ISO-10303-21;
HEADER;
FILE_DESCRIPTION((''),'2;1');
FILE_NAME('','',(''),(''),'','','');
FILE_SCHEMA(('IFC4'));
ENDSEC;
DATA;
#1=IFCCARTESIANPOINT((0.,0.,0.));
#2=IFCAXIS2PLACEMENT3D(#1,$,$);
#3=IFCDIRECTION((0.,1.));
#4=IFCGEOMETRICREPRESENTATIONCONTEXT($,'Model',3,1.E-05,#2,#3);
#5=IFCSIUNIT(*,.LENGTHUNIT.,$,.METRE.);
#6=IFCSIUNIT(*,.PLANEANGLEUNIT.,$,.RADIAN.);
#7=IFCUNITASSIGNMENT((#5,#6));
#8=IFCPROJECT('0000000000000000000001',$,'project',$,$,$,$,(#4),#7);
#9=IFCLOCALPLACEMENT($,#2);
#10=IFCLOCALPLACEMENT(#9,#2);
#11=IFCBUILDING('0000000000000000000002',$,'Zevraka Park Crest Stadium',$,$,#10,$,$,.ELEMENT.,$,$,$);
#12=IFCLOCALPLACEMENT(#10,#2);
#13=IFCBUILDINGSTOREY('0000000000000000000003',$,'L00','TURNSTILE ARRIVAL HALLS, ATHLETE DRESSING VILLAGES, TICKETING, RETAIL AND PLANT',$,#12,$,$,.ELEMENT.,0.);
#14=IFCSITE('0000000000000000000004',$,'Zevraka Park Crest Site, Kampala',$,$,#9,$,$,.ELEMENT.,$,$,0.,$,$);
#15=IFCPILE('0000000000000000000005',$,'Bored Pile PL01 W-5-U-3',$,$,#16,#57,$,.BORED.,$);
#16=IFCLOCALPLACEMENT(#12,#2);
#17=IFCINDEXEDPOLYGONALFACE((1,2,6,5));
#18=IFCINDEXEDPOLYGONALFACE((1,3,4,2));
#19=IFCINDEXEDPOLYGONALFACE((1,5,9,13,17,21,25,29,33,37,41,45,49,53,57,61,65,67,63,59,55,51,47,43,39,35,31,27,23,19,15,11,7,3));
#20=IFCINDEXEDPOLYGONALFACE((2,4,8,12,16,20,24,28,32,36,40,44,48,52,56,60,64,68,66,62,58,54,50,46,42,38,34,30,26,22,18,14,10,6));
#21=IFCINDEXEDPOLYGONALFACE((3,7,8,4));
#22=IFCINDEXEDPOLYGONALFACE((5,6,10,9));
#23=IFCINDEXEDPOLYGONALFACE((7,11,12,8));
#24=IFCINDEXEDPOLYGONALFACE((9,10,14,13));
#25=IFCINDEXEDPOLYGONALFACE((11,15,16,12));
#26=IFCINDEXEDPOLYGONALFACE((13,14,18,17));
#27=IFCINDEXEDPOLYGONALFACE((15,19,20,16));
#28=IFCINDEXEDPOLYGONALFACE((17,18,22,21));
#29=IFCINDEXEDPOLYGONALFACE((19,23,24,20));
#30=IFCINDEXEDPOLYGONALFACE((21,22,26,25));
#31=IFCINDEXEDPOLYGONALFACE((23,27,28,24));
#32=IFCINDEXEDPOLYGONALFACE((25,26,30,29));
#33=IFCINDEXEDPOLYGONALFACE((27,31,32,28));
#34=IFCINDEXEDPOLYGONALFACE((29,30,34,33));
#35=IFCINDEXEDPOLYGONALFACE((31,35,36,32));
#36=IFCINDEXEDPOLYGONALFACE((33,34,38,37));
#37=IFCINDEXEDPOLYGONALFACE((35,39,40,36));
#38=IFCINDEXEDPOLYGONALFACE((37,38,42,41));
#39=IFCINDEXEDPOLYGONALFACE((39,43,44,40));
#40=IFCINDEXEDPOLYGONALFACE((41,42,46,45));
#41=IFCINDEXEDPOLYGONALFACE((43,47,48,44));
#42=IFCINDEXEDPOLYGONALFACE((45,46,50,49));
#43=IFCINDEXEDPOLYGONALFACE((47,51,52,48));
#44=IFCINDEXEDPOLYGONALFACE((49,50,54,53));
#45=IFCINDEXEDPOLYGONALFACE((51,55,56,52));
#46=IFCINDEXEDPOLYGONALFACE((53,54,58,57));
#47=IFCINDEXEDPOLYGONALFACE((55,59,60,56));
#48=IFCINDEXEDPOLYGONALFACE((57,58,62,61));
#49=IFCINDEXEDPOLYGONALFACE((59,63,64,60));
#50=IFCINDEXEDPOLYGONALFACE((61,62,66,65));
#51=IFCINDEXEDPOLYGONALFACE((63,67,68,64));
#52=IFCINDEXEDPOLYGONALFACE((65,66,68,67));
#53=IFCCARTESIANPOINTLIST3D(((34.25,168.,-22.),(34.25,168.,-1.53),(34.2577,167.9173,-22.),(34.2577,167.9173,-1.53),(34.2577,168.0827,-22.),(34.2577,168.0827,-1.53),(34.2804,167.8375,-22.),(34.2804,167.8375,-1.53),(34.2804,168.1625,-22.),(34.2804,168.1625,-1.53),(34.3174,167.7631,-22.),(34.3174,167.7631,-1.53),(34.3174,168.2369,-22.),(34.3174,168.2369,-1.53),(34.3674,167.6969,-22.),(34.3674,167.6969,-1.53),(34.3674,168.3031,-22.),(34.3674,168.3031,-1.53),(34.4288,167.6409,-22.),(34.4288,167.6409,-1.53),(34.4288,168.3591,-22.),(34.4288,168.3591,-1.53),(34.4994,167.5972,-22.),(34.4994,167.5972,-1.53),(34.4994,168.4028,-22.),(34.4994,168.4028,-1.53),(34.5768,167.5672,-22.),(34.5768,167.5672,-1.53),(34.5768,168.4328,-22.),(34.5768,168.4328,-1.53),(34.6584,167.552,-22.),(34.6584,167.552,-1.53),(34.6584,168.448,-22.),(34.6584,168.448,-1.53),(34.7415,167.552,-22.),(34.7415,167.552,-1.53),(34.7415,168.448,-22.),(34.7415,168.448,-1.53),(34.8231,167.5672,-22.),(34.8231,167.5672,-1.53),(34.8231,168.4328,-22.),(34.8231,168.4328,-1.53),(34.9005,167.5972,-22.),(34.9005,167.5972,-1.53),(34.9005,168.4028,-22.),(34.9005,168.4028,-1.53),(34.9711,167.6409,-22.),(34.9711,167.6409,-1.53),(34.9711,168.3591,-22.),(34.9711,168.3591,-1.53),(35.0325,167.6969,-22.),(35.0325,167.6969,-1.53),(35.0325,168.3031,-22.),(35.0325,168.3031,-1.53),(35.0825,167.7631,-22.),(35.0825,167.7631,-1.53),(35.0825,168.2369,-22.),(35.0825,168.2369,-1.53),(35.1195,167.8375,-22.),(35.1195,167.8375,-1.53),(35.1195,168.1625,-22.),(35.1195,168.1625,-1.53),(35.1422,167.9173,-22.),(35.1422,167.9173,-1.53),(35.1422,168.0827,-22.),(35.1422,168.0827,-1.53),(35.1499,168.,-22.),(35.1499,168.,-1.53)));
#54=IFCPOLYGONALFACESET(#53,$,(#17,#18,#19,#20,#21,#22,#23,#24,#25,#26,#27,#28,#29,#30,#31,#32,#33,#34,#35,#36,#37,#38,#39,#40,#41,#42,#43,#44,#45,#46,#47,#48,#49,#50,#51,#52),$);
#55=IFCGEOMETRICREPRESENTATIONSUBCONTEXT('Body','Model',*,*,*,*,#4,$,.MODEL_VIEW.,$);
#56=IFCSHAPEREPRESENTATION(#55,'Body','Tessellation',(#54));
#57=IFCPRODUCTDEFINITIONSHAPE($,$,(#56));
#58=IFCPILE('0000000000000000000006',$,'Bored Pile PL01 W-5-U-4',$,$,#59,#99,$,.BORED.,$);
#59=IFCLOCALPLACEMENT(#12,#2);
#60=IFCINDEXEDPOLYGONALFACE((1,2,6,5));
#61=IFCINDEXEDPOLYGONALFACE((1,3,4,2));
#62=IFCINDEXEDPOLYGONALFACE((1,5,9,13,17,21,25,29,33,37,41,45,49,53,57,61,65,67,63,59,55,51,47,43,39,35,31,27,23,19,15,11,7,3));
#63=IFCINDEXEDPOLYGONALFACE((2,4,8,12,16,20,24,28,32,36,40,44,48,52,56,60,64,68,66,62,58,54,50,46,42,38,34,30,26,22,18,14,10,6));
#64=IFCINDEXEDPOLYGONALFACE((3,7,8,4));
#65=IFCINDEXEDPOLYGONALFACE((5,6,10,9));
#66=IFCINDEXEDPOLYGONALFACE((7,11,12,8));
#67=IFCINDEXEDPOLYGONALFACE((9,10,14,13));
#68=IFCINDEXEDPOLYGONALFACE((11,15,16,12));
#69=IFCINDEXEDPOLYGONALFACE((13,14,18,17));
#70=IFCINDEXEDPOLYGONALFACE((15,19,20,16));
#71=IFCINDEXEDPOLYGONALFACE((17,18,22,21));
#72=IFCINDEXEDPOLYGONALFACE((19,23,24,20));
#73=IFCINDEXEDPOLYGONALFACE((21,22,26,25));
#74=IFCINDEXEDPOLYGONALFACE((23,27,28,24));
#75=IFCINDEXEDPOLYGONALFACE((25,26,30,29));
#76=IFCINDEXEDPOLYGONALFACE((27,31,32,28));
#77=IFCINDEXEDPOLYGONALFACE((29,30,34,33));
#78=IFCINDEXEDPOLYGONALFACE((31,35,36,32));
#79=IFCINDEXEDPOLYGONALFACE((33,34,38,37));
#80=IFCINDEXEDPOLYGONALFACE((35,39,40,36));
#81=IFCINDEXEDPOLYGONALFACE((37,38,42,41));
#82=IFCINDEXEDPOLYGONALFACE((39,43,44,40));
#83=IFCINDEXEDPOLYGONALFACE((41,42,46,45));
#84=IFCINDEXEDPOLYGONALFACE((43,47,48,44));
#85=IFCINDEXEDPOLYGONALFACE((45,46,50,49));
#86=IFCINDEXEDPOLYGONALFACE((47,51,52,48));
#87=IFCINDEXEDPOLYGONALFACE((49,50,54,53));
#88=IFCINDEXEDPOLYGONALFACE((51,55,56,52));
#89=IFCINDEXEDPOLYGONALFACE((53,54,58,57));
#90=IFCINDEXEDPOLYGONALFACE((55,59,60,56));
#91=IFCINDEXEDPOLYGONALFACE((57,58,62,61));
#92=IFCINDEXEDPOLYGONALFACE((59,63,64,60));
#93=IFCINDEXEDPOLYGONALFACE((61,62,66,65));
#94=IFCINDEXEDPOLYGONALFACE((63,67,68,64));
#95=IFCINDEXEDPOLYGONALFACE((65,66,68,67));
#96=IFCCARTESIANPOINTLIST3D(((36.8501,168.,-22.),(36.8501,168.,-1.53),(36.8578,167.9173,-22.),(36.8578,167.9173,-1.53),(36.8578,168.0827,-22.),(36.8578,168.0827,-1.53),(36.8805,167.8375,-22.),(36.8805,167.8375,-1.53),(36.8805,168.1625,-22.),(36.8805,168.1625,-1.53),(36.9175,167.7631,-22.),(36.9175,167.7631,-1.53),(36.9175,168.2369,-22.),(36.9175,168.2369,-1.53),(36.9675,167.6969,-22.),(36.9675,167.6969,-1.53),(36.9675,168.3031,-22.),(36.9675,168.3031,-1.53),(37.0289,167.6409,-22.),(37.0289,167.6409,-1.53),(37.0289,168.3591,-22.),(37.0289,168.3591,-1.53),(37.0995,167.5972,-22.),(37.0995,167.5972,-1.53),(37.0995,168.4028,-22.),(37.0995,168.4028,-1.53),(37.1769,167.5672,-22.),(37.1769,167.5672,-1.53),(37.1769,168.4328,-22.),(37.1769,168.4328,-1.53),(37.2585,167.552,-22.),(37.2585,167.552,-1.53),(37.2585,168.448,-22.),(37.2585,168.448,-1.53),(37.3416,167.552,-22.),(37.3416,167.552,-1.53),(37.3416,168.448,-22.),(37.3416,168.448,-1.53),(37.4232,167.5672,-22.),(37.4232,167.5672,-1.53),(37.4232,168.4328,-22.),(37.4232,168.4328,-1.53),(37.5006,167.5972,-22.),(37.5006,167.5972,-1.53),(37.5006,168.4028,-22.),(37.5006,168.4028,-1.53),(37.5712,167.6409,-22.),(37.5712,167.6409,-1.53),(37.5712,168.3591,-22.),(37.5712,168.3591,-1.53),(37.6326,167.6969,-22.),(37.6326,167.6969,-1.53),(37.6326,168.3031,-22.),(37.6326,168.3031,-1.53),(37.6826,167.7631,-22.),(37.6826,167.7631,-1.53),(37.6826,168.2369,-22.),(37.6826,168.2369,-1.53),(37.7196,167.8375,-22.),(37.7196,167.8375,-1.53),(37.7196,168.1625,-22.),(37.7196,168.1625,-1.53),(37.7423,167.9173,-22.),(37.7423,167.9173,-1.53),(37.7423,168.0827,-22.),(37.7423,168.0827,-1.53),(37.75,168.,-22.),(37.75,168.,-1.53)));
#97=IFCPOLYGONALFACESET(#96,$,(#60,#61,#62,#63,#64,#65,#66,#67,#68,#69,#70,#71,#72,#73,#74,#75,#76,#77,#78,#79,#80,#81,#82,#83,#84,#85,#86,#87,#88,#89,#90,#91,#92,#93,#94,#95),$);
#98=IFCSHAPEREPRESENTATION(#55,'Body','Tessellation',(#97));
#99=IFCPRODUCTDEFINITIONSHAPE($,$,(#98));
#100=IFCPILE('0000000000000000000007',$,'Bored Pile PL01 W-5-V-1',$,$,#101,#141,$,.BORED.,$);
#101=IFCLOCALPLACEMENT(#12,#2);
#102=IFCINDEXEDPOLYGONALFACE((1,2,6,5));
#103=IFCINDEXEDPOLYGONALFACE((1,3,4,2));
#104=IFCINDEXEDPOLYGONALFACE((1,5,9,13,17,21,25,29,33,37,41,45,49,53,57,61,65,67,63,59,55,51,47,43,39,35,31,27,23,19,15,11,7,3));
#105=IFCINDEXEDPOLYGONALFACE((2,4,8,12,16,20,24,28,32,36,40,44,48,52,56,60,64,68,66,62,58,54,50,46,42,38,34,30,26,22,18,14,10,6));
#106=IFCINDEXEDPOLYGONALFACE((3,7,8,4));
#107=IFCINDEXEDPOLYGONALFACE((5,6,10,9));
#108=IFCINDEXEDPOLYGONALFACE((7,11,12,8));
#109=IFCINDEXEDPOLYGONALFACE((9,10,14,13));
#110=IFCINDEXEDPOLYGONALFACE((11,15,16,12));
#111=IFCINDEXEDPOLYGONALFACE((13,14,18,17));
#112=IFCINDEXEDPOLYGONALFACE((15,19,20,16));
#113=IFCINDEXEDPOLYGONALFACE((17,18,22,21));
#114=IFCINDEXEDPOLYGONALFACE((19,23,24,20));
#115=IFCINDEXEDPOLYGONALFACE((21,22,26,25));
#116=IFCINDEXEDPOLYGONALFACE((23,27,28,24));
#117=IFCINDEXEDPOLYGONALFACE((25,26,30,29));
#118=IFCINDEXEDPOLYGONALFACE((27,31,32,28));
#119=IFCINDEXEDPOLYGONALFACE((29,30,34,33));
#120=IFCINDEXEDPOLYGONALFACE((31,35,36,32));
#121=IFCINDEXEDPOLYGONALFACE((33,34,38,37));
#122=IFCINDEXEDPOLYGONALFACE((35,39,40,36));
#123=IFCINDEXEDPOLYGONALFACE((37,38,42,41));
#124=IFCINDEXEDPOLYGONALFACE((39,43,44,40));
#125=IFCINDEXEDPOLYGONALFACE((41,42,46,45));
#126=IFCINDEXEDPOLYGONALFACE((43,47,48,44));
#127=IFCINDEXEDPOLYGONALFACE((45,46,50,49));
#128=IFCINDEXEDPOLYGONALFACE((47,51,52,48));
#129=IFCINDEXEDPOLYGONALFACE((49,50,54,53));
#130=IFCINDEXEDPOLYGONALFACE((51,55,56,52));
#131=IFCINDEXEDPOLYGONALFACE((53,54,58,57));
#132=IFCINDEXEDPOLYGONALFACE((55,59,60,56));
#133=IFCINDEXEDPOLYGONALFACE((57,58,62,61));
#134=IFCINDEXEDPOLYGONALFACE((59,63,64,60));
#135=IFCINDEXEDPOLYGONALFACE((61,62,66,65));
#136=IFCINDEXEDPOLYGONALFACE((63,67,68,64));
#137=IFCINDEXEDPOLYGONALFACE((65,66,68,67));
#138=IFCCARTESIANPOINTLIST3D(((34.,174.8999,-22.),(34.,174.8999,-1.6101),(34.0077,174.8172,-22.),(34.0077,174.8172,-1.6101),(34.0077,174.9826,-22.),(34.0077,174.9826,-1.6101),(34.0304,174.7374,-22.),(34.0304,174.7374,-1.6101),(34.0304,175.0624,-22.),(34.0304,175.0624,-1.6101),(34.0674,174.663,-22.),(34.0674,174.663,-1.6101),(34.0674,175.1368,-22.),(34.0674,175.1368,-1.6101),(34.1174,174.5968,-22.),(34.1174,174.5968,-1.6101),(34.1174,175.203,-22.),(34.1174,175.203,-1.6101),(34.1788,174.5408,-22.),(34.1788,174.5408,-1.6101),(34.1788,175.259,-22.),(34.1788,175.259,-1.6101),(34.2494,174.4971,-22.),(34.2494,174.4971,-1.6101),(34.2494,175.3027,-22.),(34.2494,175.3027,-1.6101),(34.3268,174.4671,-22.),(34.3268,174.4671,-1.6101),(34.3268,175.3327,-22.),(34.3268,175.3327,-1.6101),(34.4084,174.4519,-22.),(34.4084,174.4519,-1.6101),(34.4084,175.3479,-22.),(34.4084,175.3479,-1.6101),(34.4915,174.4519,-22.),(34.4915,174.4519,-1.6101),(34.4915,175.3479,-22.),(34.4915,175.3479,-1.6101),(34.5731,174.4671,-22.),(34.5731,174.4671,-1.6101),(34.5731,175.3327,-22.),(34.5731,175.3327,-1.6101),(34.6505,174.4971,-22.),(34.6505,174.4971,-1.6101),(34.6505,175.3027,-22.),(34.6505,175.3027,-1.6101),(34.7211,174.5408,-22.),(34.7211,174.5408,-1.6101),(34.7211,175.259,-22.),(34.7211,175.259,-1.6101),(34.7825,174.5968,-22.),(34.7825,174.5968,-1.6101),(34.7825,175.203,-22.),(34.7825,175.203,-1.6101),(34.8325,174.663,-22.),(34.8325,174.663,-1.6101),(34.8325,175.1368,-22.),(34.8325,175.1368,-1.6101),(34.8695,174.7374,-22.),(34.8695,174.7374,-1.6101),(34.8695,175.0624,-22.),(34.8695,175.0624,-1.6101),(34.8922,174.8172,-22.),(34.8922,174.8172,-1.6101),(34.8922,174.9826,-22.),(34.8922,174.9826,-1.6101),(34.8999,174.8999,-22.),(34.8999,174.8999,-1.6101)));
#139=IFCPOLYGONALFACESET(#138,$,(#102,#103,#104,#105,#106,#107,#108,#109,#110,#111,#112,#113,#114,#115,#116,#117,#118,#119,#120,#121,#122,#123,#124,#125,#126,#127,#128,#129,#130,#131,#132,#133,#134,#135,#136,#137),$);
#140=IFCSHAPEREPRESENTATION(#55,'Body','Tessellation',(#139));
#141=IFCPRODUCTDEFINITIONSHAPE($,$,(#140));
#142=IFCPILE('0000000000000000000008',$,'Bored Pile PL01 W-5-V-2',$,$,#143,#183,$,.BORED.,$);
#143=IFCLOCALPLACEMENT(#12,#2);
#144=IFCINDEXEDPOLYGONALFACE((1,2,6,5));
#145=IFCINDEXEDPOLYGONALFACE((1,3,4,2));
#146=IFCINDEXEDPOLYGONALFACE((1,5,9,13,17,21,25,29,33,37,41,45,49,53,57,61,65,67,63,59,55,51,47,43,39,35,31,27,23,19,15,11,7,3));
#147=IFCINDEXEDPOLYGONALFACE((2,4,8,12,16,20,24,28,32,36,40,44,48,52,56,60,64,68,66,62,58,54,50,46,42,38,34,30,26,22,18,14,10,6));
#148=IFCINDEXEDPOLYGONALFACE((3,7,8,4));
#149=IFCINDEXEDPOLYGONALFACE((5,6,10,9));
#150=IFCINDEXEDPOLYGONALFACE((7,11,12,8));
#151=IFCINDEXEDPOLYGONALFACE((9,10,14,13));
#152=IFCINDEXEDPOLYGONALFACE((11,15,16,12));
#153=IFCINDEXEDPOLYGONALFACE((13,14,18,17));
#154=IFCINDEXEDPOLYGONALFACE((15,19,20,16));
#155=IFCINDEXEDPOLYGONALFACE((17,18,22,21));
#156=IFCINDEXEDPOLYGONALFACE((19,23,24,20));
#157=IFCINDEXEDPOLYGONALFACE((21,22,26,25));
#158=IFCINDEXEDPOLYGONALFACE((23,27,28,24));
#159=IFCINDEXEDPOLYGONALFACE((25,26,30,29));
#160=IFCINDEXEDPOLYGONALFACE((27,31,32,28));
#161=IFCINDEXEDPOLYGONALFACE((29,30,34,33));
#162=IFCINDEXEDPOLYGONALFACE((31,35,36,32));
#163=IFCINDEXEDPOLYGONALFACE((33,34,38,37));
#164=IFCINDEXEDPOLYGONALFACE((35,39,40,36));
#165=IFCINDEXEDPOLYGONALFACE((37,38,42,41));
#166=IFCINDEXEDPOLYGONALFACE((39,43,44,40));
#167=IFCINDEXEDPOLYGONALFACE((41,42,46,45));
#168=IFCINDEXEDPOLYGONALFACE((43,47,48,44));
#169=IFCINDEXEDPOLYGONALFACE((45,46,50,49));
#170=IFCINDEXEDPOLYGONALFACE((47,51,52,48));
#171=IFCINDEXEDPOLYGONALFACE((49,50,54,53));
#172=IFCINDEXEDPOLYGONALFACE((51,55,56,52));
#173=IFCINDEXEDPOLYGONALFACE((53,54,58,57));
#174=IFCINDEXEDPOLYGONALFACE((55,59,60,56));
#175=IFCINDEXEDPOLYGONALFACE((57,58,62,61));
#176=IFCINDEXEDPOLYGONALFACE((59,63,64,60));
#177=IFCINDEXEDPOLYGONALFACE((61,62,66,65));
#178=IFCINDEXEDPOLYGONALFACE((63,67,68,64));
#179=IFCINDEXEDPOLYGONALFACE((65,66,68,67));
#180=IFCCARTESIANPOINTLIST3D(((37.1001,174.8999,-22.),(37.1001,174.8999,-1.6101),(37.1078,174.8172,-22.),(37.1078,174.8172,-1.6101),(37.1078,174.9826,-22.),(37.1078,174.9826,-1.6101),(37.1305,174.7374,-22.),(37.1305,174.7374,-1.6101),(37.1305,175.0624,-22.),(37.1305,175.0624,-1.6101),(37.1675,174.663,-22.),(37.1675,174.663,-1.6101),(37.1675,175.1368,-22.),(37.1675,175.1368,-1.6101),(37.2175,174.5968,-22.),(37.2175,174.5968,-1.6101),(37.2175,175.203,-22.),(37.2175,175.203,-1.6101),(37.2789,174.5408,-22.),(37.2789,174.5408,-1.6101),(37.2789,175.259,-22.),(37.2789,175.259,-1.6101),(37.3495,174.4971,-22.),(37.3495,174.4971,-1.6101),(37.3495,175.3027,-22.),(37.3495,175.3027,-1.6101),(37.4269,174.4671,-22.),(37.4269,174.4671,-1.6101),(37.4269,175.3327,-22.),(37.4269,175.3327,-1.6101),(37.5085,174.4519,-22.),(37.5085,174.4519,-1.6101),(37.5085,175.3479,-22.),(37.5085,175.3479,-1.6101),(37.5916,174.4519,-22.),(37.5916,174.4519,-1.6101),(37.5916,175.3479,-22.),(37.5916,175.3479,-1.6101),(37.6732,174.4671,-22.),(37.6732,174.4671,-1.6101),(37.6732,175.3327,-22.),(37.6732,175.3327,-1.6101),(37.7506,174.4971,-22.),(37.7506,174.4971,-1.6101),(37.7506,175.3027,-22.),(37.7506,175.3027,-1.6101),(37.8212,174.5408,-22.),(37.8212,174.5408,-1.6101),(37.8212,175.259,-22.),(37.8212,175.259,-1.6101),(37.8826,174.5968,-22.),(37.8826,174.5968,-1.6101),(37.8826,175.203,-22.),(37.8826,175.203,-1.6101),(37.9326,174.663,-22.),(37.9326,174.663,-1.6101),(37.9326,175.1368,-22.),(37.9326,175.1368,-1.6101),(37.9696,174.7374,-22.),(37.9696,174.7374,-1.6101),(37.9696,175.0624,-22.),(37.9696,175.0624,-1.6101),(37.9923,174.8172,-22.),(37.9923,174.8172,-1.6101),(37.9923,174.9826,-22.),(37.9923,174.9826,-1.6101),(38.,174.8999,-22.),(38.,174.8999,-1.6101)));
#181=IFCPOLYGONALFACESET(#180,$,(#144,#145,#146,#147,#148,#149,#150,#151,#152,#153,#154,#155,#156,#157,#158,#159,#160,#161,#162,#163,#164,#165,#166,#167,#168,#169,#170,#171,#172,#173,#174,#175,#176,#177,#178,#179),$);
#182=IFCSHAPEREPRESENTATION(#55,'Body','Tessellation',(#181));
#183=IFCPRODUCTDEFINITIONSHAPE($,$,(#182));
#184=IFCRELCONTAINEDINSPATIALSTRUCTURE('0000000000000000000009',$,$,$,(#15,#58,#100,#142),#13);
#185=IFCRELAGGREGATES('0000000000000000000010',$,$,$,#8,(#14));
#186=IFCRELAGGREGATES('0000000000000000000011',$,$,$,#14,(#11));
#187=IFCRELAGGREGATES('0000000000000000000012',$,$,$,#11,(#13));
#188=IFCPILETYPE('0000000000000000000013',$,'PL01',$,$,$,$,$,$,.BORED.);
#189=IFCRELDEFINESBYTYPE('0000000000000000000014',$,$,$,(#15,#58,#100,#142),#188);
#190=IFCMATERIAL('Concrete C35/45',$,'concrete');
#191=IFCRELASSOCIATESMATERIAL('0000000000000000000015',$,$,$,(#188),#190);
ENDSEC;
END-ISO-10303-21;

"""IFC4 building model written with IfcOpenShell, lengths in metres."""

from ifc_helpers import new_model, si_unit, direction, frame, origin, origin_2d, place, context, subcontext, project, spatial, circle, extrude, material, material_profile, profile_set, type_object, element, save


model = new_model("IFC4")

# Units and contexts
model_context = context("Model", 3, precision=1e-05, world=origin(), true_north=direction((0.0, 1.0)))
body_context = subcontext(model_context, "Body", "Model", "MODEL_VIEW")
ifc_project = project(units=[si_unit("LENGTHUNIT", "METRE"), si_unit("PLANEANGLEUNIT", "RADIAN")], contexts=[model_context])

# Site, building, storey
site_placement = place(None, origin())
site = spatial("IfcSite", under=ifc_project, at=site_placement, Name="Zevraka Park Crest Site, Kampala", CompositionType="ELEMENT", RefElevation=0.0)
building_placement = place(site_placement, origin())
building = spatial("IfcBuilding", under=site, at=building_placement, Name="Zevraka Park Crest Stadium", CompositionType="ELEMENT")
storey_placement = place(building_placement, origin())
storey = spatial("IfcBuildingStorey", under=building, at=storey_placement, Name="L00", Description="TURNSTILE ARRIVAL HALLS, ATHLETE DRESSING VILLAGES, TICKETING, RETAIL AND PLANT", CompositionType="ELEMENT", Elevation=0.0)

# Piles
ifc_material_1 = material(Name="Concrete C35/45", Category="concrete")
ifc_material_profile_1 = material_profile(ifc_material_1, circle(Radius=0.45, at=origin_2d()), Name="PILE D900")
ifc_profile_set_1 = profile_set([ifc_material_profile_1], Name="Concrete C35/45")
pile_type_1 = type_object("IfcPileType", Name="PL01", PredefinedType="BORED", material=ifc_profile_set_1)
for number, where, z_axis, x_axis, name in (
    (1, (34.7, 168.0, -1.53), (0.0, 0.0, -1.0), (1.0, 0.0, 0.0), "Bored Pile PL01 W-5-U-3"),
    (2, (37.3, 168.0, -1.53), (0.0, 0.0, -1.0), (1.0, 0.0, 0.0), "Bored Pile PL01 W-5-U-4"),
):
    element("IfcPile", number, at=place(storey_placement, frame(where, z_axis=z_axis, x_axis=x_axis)), inside=storey, type_object=pile_type_1, Name=name, PredefinedType="BORED", context=body_context, shape_type="SweptSolid", body=[
        extrude(circle(Radius=0.45, at=origin_2d()), origin(), (0.0, 0.0, 1.0), 20.47),
    ])
for number, where, z_axis, x_axis, name in (
    (3, (34.45, 174.8999, -1.6101), (0.0, 0.0, -1.0), (1.0, 0.0, 0.0), "Bored Pile PL01 W-5-V-1"),
    (4, (37.55, 174.8999, -1.6101), (0.0, 0.0, -1.0), (1.0, 0.0, 0.0), "Bored Pile PL01 W-5-V-2"),
):
    element("IfcPile", number, at=place(storey_placement, frame(where, z_axis=z_axis, x_axis=x_axis)), inside=storey, type_object=pile_type_1, Name=name, PredefinedType="BORED", context=body_context, shape_type="SweptSolid", body=[
        extrude(circle(Radius=0.45, at=origin_2d()), origin(), (0.0, 0.0, 1.0), 20.3899),
    ])

save(model, "model.ifc")
